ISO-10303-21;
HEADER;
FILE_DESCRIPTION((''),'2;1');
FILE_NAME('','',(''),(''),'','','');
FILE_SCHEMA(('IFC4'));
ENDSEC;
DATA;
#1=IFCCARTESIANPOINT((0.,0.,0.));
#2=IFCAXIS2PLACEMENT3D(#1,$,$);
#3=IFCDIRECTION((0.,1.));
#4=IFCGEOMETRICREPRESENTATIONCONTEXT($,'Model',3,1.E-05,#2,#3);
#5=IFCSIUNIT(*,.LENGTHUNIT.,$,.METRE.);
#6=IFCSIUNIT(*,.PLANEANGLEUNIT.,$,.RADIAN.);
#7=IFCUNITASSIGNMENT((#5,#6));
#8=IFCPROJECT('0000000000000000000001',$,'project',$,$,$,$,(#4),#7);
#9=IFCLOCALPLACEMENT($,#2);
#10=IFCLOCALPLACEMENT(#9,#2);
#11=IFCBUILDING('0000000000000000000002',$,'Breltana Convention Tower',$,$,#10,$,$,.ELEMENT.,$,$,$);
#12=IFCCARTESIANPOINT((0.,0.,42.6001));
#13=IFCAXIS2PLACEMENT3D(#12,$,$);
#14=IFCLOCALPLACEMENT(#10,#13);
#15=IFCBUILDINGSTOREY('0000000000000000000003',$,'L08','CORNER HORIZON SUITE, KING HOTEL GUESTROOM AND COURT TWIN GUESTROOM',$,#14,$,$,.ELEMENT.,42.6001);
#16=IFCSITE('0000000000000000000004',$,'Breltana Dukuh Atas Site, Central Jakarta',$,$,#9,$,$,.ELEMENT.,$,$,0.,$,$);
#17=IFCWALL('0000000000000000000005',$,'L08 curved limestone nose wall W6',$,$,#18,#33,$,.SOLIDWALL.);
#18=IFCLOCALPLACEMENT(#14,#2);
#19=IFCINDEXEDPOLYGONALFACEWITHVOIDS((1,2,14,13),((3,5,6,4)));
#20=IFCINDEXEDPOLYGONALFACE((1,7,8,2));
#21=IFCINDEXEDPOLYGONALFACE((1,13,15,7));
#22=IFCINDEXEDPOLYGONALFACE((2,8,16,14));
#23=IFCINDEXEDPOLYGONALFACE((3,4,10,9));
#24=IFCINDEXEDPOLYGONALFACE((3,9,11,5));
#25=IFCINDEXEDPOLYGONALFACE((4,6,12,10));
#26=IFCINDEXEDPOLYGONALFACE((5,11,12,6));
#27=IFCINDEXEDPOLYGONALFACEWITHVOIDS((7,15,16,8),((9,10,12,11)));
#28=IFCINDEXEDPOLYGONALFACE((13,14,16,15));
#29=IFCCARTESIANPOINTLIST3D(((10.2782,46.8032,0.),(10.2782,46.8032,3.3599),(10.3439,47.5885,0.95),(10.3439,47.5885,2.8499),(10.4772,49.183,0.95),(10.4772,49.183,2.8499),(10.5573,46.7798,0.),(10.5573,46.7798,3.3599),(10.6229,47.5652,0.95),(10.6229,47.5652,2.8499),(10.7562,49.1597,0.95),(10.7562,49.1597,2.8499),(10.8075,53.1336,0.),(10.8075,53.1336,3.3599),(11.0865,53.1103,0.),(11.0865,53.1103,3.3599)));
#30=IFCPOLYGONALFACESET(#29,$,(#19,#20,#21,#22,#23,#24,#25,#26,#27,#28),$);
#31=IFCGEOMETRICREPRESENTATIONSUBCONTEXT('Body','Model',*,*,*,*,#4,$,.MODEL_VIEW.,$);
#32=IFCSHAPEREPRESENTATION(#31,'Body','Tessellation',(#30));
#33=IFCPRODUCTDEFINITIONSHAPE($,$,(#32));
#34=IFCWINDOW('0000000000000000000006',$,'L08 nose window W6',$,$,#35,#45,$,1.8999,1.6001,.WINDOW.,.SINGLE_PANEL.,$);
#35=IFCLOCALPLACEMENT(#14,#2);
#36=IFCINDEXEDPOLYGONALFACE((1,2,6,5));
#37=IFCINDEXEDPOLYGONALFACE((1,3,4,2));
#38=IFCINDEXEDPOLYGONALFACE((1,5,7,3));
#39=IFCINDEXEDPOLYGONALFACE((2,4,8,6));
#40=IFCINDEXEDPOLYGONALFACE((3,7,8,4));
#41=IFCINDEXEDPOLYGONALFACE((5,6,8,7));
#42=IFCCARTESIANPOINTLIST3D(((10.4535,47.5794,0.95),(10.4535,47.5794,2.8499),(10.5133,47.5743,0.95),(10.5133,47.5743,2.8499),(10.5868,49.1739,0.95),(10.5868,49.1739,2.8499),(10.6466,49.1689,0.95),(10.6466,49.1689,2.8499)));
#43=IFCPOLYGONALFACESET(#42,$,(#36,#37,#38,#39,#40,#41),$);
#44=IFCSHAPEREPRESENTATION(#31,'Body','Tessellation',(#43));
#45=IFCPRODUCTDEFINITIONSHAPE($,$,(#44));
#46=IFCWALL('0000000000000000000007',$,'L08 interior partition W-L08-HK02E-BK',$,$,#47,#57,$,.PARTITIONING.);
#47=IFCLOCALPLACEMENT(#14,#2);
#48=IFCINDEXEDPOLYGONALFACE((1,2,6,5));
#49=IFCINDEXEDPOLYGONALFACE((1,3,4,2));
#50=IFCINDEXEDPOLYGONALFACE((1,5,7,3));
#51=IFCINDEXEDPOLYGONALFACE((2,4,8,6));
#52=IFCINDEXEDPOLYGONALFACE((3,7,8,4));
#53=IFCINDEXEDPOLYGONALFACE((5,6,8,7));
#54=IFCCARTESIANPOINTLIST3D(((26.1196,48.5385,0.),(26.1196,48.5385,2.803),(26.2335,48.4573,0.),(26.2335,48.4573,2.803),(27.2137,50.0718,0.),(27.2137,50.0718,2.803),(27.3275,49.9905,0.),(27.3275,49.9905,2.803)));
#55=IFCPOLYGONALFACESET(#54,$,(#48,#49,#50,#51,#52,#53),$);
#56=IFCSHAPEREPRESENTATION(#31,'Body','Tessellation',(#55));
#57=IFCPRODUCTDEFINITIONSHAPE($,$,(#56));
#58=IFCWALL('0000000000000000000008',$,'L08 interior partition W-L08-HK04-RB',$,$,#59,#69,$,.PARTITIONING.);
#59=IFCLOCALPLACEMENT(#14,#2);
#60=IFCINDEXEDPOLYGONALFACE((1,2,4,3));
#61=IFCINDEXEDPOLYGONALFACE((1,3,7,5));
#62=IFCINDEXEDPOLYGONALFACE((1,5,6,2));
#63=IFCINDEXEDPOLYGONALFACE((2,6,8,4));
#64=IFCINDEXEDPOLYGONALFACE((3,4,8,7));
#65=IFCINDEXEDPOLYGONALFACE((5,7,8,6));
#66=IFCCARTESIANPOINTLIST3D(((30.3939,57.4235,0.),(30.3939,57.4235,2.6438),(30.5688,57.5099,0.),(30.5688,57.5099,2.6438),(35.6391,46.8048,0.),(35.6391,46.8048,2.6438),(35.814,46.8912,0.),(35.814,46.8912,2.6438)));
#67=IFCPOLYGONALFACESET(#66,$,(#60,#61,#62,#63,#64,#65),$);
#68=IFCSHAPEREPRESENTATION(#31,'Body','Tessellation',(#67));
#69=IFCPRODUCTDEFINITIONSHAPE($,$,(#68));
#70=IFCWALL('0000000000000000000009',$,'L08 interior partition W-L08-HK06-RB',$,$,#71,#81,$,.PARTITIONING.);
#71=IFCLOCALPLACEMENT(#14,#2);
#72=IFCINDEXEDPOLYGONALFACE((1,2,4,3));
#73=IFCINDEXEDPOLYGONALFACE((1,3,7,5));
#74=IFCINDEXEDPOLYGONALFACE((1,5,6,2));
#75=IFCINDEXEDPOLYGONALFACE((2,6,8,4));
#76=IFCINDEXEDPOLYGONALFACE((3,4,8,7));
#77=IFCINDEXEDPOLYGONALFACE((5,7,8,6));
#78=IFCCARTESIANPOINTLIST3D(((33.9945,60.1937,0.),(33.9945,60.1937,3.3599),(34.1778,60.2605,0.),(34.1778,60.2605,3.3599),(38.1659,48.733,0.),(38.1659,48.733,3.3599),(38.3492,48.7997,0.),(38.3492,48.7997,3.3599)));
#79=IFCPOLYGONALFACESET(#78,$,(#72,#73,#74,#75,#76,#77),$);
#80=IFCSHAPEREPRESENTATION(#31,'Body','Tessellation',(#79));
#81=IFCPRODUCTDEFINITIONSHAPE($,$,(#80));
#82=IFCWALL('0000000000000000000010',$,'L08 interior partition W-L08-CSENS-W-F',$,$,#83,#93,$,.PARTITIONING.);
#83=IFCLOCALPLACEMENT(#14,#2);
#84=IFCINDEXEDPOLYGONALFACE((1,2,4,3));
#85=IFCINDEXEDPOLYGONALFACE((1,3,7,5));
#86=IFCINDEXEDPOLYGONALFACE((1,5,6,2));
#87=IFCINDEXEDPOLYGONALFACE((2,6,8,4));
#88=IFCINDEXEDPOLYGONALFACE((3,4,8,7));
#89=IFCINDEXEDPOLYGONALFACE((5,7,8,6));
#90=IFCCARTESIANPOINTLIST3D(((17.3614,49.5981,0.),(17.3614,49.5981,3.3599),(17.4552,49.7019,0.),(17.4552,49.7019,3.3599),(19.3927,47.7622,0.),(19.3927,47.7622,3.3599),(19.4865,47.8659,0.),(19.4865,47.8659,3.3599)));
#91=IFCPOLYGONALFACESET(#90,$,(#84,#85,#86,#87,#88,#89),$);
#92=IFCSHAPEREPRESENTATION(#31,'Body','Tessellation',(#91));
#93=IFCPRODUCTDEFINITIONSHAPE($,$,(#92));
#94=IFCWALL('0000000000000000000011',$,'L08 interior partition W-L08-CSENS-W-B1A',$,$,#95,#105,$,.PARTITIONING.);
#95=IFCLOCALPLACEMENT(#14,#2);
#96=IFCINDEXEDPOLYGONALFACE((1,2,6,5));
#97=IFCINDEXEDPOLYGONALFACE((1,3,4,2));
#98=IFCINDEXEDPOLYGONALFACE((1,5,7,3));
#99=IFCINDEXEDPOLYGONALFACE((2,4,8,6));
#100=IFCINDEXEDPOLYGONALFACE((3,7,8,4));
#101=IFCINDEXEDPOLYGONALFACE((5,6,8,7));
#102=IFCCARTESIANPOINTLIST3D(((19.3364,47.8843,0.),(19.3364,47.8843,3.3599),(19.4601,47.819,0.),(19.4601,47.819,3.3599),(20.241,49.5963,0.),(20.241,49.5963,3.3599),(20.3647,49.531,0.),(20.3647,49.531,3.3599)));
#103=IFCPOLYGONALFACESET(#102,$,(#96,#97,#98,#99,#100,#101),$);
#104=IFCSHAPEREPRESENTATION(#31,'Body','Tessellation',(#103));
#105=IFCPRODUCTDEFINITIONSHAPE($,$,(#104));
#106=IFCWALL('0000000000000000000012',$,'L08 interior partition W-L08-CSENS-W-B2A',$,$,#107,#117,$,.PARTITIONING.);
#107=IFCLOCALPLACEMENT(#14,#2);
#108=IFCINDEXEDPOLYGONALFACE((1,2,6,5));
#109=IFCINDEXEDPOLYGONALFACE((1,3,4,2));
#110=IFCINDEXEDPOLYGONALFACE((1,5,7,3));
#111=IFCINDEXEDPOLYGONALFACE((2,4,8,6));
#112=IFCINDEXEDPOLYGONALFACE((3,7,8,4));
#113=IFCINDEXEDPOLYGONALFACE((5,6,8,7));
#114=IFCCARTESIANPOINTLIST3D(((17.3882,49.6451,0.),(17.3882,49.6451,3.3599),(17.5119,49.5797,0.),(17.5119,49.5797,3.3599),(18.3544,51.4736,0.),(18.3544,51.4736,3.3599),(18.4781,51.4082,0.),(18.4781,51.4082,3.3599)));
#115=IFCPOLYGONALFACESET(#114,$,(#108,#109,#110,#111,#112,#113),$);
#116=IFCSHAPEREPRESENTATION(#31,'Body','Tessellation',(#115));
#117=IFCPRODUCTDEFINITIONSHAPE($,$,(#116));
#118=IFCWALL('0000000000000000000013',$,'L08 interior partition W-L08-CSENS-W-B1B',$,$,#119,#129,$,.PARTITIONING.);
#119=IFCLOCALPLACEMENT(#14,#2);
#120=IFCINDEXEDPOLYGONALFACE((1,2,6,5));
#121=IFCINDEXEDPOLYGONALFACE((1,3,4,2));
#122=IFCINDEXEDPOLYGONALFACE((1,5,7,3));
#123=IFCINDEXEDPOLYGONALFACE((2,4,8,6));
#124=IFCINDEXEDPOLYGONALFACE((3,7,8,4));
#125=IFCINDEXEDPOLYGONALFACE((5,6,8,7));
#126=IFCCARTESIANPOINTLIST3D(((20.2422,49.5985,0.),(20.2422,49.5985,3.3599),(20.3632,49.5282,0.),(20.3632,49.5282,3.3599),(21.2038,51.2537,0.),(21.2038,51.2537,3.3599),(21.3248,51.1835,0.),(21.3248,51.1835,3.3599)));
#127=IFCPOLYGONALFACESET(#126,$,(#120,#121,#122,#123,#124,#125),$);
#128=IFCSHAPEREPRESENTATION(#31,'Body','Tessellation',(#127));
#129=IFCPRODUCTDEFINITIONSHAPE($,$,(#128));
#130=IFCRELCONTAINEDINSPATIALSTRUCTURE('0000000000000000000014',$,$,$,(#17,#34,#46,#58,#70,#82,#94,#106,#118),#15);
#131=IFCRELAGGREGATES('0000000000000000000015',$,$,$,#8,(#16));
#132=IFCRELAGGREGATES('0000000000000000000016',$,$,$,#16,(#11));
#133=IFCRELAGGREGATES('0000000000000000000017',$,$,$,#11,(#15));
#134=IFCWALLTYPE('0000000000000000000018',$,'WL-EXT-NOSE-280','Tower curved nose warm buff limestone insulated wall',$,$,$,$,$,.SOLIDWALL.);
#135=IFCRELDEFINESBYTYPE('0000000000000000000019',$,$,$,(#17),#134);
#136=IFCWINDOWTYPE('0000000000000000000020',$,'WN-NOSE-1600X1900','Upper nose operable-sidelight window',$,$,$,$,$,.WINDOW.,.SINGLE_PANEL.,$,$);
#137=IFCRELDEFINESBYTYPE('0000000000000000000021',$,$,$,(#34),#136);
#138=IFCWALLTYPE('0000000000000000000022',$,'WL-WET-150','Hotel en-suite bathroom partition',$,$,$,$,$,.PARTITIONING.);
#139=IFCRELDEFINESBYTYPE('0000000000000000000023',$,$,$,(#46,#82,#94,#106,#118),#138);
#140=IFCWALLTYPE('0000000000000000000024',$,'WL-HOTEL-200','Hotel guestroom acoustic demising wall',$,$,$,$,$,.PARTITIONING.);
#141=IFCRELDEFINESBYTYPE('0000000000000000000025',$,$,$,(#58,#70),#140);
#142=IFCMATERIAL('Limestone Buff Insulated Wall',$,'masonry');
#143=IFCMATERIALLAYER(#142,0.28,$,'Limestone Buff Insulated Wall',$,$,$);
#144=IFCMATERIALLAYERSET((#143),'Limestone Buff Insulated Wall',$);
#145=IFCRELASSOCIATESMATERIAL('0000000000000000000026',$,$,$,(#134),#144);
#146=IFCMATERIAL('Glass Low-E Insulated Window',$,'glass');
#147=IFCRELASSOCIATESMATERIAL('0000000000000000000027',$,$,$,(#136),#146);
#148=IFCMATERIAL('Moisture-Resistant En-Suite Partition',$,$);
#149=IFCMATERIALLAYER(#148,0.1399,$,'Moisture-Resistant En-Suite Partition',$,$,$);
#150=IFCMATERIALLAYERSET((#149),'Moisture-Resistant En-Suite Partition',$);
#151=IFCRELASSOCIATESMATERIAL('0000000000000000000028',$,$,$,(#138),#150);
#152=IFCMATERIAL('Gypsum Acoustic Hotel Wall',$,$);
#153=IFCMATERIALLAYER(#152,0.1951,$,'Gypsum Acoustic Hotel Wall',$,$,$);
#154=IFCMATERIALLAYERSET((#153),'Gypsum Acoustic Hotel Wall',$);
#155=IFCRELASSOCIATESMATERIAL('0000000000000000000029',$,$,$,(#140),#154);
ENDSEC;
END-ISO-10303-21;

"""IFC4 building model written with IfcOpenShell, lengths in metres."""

from ifc_helpers import new_model, si_unit, direction, frame, frame_2d, origin, place, context, subcontext, project, spatial, rectangle, extrude, source, transform, mapped, material, layer, layer_set, type_object, type_shapes, element, fill, save


model = new_model("IFC4")

# Units and contexts
model_context = context("Model", 3, precision=1e-05, world=origin(), true_north=direction((0.0, 1.0)))
body_context = subcontext(model_context, "Body", "Model", "MODEL_VIEW")
ifc_project = project(units=[si_unit("LENGTHUNIT", "METRE"), si_unit("PLANEANGLEUNIT", "RADIAN")], contexts=[model_context])

# Site, building, storey
site_placement = place(None, origin())
site = spatial("IfcSite", under=ifc_project, at=site_placement, Name="Breltana Dukuh Atas Site, Central Jakarta", CompositionType="ELEMENT", RefElevation=0.0)
building_placement = place(site_placement, origin())
building = spatial("IfcBuilding", under=site, at=building_placement, Name="Breltana Convention Tower", CompositionType="ELEMENT")
storey_placement = place(building_placement, frame((0.0, 0.0, 42.6001)))
storey = spatial("IfcBuildingStorey", under=building, at=storey_placement, Name="L08", Description="CORNER HORIZON SUITE, KING HOTEL GUESTROOM AND COURT TWIN GUESTROOM", CompositionType="ELEMENT", Elevation=42.6001)

# Wall, opening, window
ifc_material_1 = material(Name="Limestone Buff Insulated Wall", Category="masonry")
ifc_layer_1 = layer(ifc_material_1, 0.28, Name="Limestone Buff Insulated Wall")
ifc_layer_set_1 = layer_set([ifc_layer_1], Name="Limestone Buff Insulated Wall")
wall_type_1 = type_object("IfcWallType", Name="WL-EXT-NOSE-280", Description="Tower curved nose warm buff limestone insulated wall", PredefinedType="SOLIDWALL", material=ifc_layer_set_1)
shared_shape_1 = source(origin(), body_context, "Body", "SweptSolid", [
    extrude(rectangle(XDim=6.3525, YDim=0.28, at=frame_2d((3.1763, 0.0))), origin(), (0.0, 0.0, 1.0), 3.3599),
])
wall_1_placement = place(storey_placement, frame((10.4177, 46.7915, 0.0), z_axis=(0.0, 0.0, 1.0), x_axis=(0.083319, 0.996523, 0.0)))
wall_1 = element("IfcWall", 1, at=wall_1_placement, inside=storey, type_object=wall_type_1, Name="L08 curved limestone nose wall W6", PredefinedType="SOLIDWALL", context=body_context, shape_type="MappedRepresentation", body=[
    mapped(shared_shape_1, transform((0.0, 0.0, 0.0), scale=1.0)),
])
opening_placement = place(wall_1_placement, frame((0.7881, 0.0, 0.95)))
opening = element("IfcOpeningElement", 2, at=opening_placement, cuts=wall_1, PredefinedType="OPENING", context=body_context, shape_type="SweptSolid", body=[
    extrude(rectangle(XDim=1.6001, YDim=1.8999, at=frame_2d((0.8, 0.95))), frame((0.0, 0.1499, 0.0), z_axis=(0.0, -1.0, 0.0), x_axis=(1.0, 0.0, 0.0)), (0.0, 0.0, 1.0), 0.3),
])
ifc_material_2 = material(Name="Glass Low-E Insulated Window", Category="glass")
window_type = type_object("IfcWindowType", Name="WN-NOSE-1600X1900", Description="Upper nose operable-sidelight window", PartitioningType="SINGLE_PANEL", PredefinedType="WINDOW", material=ifc_material_2)
shared_shape_2 = source(origin(), body_context, "Body", "SweptSolid", [
    extrude(rectangle(XDim=1.6001, YDim=1.8999, at=frame_2d((0.8, 0.95))), frame((0.0, 0.03, 0.0), z_axis=(0.0, -1.0, 0.0), x_axis=(1.0, 0.0, 0.0)), (0.0, 0.0, 1.0), 0.0601),
])
type_shapes(window_type, [shared_shape_2])
window_placement = place(opening_placement, origin())
window = element("IfcWindow", 3, at=window_placement, inside=storey, type_object=window_type, Name="L08 nose window W6", OverallHeight=1.8999, OverallWidth=1.6001, PartitioningType="SINGLE_PANEL", PredefinedType="WINDOW", context=body_context, shape_type="MappedRepresentation", body=[
    mapped(shared_shape_2, transform((0.0, 0.0, 0.0), scale=1.0)),
])
fill(opening, window)

# Walls
ifc_material_3 = material(Name="Moisture-Resistant En-Suite Partition")
ifc_layer_2 = layer(ifc_material_3, 0.1399, Name="Moisture-Resistant En-Suite Partition")
ifc_layer_set_2 = layer_set([ifc_layer_2], Name="Moisture-Resistant En-Suite Partition")
wall_type_2 = type_object("IfcWallType", Name="WL-WET-150", Description="Hotel en-suite bathroom partition", PredefinedType="PARTITIONING", material=ifc_layer_set_2)
shared_shape_3 = source(origin(), body_context, "Body", "SweptSolid", [
    extrude(rectangle(XDim=1.8835, YDim=0.1399, at=frame_2d((0.9419, 0.0))), origin(), (0.0, 0.0, 1.0), 2.803),
])
wall_2_placement = place(storey_placement, frame((26.1765, 48.4978, 0.0), z_axis=(0.0, 0.0, 1.0), x_axis=(0.580833, 0.814022, 0.0)))
element("IfcWall", 4, at=wall_2_placement, inside=storey, type_object=wall_type_2, Name="L08 interior partition W-L08-HK02E-BK", PredefinedType="PARTITIONING", context=body_context, shape_type="MappedRepresentation", body=[
    mapped(shared_shape_3, transform((0.0, 0.0, 0.0), scale=1.0)),
])
ifc_material_4 = material(Name="Gypsum Acoustic Hotel Wall")
ifc_layer_3 = layer(ifc_material_4, 0.1951, Name="Gypsum Acoustic Hotel Wall")
ifc_layer_set_3 = layer_set([ifc_layer_3], Name="Gypsum Acoustic Hotel Wall")
wall_type_3 = type_object("IfcWallType", Name="WL-HOTEL-200", Description="Hotel guestroom acoustic demising wall", PredefinedType="PARTITIONING", material=ifc_layer_set_3)
shared_shape_4 = source(origin(), body_context, "Body", "SweptSolid", [
    extrude(rectangle(XDim=11.8435, YDim=0.1951, at=frame_2d((5.9219, 0.0))), origin(), (0.0, 0.0, 1.0), 2.6438),
])
wall_3_placement = place(storey_placement, frame((35.7266, 46.8479, 0.0), z_axis=(0.0, 0.0, 1.0), x_axis=(-0.442871, 0.896585, 0.0)))
element("IfcWall", 5, at=wall_3_placement, inside=storey, type_object=wall_type_3, Name="L08 interior partition W-L08-HK04-RB", PredefinedType="PARTITIONING", context=body_context, shape_type="MappedRepresentation", body=[
    mapped(shared_shape_4, transform((0.0, 0.0, 0.0), scale=1.0)),
])
shared_shape_5 = source(origin(), body_context, "Body", "SweptSolid", [
    extrude(rectangle(XDim=12.1963, YDim=0.1951, at=frame_2d((6.0981, 0.0))), origin(), (0.0, 0.0, 1.0), 3.3599),
])
wall_4_placement = place(storey_placement, frame((38.2576, 48.7664, 0.0), z_axis=(0.0, 0.0, 1.0), x_axis=(-0.342023, 0.939692, 0.0)))
element("IfcWall", 6, at=wall_4_placement, inside=storey, type_object=wall_type_3, Name="L08 interior partition W-L08-HK06-RB", PredefinedType="PARTITIONING", context=body_context, shape_type="MappedRepresentation", body=[
    mapped(shared_shape_5, transform((0.0, 0.0, 0.0), scale=1.0)),
])
shared_shape_6 = source(origin(), body_context, "Body", "SweptSolid", [
    extrude(rectangle(XDim=2.738, YDim=0.1399, at=frame_2d((1.3691, 0.0))), origin(), (0.0, 0.0, 1.0), 3.3599),
])
wall_5_placement = place(storey_placement, frame((19.4397, 47.814, 0.0), z_axis=(0.0, 0.0, 1.0), x_axis=(-0.741874, 0.67054, 0.0)))
element("IfcWall", 7, at=wall_5_placement, inside=storey, type_object=wall_type_2, Name="L08 interior partition W-L08-CSENS-W-F", PredefinedType="PARTITIONING", context=body_context, shape_type="MappedRepresentation", body=[
    mapped(shared_shape_6, transform((0.0, 0.0, 0.0), scale=1.0)),
])
shared_shape_7 = source(origin(), body_context, "Body", "SweptSolid", [
    extrude(rectangle(XDim=1.9363, YDim=0.1399, at=frame_2d((0.9683, 0.0))), origin(), (0.0, 0.0, 1.0), 3.3599),
])
wall_6_placement = place(storey_placement, frame((19.3982, 47.8516, 0.0), z_axis=(0.0, 0.0, 1.0), x_axis=(0.467175, 0.884165, 0.0)))
element("IfcWall", 8, at=wall_6_placement, inside=storey, type_object=wall_type_2, Name="L08 interior partition W-L08-CSENS-W-B1A", PredefinedType="PARTITIONING", context=body_context, shape_type="MappedRepresentation", body=[
    mapped(shared_shape_7, transform((0.0, 0.0, 0.0), scale=1.0)),
])
shared_shape_8 = source(origin(), body_context, "Body", "SweptSolid", [
    extrude(rectangle(XDim=2.0681, YDim=0.1399, at=frame_2d((1.0342, 0.0))), origin(), (0.0, 0.0, 1.0), 3.3599),
])
wall_7_placement = place(storey_placement, frame((17.45, 49.6123, 0.0), z_axis=(0.0, 0.0, 1.0), x_axis=(0.467215, 0.884144, 0.0)))
element("IfcWall", 9, at=wall_7_placement, inside=storey, type_object=wall_type_2, Name="L08 interior partition W-L08-CSENS-W-B2A", PredefinedType="PARTITIONING", context=body_context, shape_type="MappedRepresentation", body=[
    mapped(shared_shape_8, transform((0.0, 0.0, 0.0), scale=1.0)),
])
shared_shape_9 = source(origin(), body_context, "Body", "SweptSolid", [
    extrude(rectangle(XDim=1.9143, YDim=0.1399, at=frame_2d((0.957, 0.0))), origin(), (0.0, 0.0, 1.0), 3.3599),
])
wall_8_placement = place(storey_placement, frame((20.3027, 49.5635, 0.0), z_axis=(0.0, 0.0, 1.0), x_axis=(0.502348, 0.864666, 0.0)))
element("IfcWall", 10, at=wall_8_placement, inside=storey, type_object=wall_type_2, Name="L08 interior partition W-L08-CSENS-W-B1B", PredefinedType="PARTITIONING", context=body_context, shape_type="MappedRepresentation", body=[
    mapped(shared_shape_9, transform((0.0, 0.0, 0.0), scale=1.0)),
])

save(model, "model.ifc")
